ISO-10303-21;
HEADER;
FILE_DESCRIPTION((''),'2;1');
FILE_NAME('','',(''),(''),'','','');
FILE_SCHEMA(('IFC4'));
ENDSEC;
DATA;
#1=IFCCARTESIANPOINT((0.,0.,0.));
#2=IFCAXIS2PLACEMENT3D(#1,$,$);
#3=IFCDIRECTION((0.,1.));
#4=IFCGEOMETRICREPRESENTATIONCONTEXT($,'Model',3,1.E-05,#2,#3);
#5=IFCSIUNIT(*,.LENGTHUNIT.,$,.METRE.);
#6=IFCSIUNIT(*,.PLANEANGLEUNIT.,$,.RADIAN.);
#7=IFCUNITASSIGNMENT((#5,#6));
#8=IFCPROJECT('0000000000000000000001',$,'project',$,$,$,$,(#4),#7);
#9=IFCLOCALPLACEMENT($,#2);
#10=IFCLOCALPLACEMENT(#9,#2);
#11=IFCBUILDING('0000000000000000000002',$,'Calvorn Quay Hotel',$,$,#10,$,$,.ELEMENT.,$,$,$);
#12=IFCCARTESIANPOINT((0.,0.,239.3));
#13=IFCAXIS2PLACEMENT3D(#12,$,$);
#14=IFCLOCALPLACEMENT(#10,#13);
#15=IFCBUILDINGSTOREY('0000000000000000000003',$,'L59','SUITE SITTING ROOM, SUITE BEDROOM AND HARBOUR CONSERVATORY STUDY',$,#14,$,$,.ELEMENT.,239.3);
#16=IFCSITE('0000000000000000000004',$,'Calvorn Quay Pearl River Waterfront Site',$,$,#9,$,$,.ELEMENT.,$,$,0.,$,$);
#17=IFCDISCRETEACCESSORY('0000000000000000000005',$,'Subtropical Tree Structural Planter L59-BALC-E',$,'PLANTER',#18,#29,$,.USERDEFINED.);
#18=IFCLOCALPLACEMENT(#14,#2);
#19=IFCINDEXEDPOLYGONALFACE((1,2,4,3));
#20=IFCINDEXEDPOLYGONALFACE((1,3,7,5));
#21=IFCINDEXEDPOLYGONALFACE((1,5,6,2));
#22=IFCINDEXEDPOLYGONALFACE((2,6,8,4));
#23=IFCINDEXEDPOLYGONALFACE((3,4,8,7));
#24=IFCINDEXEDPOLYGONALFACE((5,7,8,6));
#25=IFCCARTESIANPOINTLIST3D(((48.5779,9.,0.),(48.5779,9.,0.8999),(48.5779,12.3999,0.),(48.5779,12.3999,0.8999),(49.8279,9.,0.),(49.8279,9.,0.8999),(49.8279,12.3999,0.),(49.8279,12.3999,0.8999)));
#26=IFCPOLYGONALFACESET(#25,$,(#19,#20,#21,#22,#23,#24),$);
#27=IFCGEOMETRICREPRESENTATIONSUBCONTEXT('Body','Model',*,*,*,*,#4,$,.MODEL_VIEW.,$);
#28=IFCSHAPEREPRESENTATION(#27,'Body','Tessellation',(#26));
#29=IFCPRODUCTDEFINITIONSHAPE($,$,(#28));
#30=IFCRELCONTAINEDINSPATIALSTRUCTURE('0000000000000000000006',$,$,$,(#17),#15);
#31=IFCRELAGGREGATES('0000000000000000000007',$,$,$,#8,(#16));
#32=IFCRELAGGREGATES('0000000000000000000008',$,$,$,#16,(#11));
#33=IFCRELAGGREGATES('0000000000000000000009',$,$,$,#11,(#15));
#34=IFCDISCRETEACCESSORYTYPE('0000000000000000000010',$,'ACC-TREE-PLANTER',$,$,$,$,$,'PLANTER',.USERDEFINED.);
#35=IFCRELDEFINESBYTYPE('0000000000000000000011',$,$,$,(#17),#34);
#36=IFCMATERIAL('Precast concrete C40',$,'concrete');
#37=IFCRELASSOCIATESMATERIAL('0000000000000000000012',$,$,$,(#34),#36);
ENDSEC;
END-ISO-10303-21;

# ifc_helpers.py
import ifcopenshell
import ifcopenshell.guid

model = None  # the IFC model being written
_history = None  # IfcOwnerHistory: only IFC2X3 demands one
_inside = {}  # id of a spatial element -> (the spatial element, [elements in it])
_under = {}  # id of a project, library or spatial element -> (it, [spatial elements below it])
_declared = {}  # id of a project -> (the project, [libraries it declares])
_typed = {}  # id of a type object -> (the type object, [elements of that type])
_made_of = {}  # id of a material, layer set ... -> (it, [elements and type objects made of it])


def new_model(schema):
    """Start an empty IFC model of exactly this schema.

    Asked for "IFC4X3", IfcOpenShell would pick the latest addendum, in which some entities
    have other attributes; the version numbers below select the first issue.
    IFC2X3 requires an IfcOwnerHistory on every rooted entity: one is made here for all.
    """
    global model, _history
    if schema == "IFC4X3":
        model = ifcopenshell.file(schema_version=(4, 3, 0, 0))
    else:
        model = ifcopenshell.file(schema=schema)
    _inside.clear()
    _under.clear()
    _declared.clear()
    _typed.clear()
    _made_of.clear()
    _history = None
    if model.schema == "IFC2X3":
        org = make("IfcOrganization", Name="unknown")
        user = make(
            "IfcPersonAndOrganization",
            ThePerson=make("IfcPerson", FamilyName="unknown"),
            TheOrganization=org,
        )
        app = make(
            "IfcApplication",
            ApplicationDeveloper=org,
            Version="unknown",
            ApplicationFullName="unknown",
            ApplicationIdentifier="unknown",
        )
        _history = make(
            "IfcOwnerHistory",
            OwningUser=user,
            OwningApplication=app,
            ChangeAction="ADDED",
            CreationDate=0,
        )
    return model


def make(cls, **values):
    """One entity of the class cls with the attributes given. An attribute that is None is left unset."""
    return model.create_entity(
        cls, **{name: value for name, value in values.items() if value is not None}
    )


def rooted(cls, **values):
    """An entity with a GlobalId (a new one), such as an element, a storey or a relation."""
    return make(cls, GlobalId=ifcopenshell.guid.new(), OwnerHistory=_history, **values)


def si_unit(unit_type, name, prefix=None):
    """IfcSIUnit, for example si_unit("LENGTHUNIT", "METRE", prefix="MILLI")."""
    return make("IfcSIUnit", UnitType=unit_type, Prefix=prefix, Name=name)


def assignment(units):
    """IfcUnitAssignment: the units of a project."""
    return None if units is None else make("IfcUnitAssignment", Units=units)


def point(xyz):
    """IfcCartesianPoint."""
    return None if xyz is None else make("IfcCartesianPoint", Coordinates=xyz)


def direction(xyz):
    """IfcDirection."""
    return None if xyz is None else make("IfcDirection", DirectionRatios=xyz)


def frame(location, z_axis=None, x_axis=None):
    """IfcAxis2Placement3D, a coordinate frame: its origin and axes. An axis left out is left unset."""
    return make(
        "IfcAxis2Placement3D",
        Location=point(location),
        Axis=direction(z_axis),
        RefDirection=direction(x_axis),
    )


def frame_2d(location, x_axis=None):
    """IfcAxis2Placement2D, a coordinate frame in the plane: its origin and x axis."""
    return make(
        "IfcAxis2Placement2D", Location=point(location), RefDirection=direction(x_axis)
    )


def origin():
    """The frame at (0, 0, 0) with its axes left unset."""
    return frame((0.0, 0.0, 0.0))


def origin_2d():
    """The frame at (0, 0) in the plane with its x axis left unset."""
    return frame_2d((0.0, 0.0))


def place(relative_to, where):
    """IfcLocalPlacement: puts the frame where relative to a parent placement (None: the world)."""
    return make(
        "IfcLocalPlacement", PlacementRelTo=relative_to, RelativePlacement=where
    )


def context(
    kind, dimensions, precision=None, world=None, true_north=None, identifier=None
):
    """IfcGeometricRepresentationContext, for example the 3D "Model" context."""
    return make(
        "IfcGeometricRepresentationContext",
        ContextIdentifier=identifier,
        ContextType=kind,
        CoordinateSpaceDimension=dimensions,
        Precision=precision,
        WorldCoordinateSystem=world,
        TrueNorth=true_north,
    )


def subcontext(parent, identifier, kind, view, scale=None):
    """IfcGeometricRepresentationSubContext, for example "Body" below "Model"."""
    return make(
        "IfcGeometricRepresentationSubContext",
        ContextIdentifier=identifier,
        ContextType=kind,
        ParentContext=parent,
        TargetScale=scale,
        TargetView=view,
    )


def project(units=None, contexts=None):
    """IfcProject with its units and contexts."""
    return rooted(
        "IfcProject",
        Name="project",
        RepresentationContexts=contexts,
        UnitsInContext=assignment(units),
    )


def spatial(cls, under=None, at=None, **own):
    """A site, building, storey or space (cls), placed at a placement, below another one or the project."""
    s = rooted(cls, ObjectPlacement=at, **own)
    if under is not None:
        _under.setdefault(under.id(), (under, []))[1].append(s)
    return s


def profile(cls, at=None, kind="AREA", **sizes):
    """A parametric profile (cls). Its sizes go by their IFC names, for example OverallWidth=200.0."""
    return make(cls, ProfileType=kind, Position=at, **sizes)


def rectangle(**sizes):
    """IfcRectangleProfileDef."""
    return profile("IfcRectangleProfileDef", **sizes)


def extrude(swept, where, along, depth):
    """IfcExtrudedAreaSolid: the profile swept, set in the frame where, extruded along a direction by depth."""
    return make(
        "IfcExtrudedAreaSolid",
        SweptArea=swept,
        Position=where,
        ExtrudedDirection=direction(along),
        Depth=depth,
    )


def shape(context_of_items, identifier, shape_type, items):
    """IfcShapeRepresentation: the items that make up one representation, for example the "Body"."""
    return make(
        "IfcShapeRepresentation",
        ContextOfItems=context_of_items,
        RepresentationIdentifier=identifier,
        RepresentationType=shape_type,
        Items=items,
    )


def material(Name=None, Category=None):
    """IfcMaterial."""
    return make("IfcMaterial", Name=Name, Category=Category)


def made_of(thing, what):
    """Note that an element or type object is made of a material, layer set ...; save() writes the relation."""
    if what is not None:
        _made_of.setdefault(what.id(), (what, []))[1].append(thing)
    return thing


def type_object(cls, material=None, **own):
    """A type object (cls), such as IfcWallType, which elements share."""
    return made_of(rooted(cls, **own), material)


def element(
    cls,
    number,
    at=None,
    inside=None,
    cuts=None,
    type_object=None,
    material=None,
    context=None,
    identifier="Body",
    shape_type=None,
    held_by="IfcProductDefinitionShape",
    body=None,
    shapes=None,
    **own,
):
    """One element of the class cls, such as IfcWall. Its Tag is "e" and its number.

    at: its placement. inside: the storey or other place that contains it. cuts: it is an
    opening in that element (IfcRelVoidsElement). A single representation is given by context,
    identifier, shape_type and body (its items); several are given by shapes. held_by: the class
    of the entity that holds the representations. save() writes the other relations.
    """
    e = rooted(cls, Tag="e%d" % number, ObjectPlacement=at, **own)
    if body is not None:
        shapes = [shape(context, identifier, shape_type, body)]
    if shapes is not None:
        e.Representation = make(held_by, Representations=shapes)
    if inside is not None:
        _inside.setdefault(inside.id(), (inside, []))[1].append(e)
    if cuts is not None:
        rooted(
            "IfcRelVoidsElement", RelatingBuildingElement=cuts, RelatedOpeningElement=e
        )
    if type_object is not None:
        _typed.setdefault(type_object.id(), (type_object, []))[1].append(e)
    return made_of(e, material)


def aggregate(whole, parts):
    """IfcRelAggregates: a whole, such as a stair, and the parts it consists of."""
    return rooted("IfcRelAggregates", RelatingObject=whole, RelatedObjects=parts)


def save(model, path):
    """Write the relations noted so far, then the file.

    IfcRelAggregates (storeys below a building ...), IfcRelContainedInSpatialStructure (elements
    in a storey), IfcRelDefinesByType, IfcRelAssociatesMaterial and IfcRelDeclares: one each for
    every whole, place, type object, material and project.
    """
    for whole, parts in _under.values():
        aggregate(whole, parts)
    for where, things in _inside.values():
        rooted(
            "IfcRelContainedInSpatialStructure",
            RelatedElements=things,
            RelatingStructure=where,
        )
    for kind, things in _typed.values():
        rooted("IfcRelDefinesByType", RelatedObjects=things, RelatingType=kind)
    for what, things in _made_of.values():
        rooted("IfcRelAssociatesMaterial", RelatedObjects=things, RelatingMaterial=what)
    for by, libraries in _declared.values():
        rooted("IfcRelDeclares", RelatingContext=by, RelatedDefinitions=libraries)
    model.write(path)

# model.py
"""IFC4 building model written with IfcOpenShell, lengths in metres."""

from ifc_helpers import new_model, si_unit, direction, frame, origin, origin_2d, place, context, subcontext, project, spatial, rectangle, extrude, material, type_object, element, save


model = new_model("IFC4")

# Units and contexts
model_context = context("Model", 3, precision=1e-05, world=origin(), true_north=direction((0.0, 1.0)))
body_context = subcontext(model_context, "Body", "Model", "MODEL_VIEW")
ifc_project = project(units=[si_unit("LENGTHUNIT", "METRE"), si_unit("PLANEANGLEUNIT", "RADIAN")], contexts=[model_context])

# Site, building, storey
site_placement = place(None, origin())
site = spatial("IfcSite", under=ifc_project, at=site_placement, Name="Calvorn Quay Pearl River Waterfront Site", CompositionType="ELEMENT", RefElevation=0.0)
building_placement = place(site_placement, origin())
building = spatial("IfcBuilding", under=site, at=building_placement, Name="Calvorn Quay Hotel", CompositionType="ELEMENT")
storey_placement = place(building_placement, frame((0.0, 0.0, 239.3)))
storey = spatial("IfcBuildingStorey", under=building, at=storey_placement, Name="L59", Description="SUITE SITTING ROOM, SUITE BEDROOM AND HARBOUR CONSERVATORY STUDY", CompositionType="ELEMENT", Elevation=239.3)

# Discrete accessory
ifc_material_1 = material(Name="Precast concrete C40", Category="concrete")
discrete_accessory_type_1 = type_object("IfcDiscreteAccessoryType", Name="ACC-TREE-PLANTER", ElementType="PLANTER", PredefinedType="USERDEFINED", material=ifc_material_1)
discrete_accessory_1_placement = place(storey_placement, frame((49.2029, 10.7, 0.0), z_axis=(0.0, 0.0, 1.0), x_axis=(1.0, 0.0, 0.0)))
element("IfcDiscreteAccessory", 1, at=discrete_accessory_1_placement, inside=storey, type_object=discrete_accessory_type_1, Name="Subtropical Tree Structural Planter L59-BALC-E", ObjectType="PLANTER", PredefinedType="USERDEFINED", context=body_context, shape_type="SweptSolid", body=[
    extrude(rectangle(XDim=1.25, YDim=3.3999, at=origin_2d()), origin(), (0.0, 0.0, 1.0), 0.8999),
])

save(model, "model.ifc")
